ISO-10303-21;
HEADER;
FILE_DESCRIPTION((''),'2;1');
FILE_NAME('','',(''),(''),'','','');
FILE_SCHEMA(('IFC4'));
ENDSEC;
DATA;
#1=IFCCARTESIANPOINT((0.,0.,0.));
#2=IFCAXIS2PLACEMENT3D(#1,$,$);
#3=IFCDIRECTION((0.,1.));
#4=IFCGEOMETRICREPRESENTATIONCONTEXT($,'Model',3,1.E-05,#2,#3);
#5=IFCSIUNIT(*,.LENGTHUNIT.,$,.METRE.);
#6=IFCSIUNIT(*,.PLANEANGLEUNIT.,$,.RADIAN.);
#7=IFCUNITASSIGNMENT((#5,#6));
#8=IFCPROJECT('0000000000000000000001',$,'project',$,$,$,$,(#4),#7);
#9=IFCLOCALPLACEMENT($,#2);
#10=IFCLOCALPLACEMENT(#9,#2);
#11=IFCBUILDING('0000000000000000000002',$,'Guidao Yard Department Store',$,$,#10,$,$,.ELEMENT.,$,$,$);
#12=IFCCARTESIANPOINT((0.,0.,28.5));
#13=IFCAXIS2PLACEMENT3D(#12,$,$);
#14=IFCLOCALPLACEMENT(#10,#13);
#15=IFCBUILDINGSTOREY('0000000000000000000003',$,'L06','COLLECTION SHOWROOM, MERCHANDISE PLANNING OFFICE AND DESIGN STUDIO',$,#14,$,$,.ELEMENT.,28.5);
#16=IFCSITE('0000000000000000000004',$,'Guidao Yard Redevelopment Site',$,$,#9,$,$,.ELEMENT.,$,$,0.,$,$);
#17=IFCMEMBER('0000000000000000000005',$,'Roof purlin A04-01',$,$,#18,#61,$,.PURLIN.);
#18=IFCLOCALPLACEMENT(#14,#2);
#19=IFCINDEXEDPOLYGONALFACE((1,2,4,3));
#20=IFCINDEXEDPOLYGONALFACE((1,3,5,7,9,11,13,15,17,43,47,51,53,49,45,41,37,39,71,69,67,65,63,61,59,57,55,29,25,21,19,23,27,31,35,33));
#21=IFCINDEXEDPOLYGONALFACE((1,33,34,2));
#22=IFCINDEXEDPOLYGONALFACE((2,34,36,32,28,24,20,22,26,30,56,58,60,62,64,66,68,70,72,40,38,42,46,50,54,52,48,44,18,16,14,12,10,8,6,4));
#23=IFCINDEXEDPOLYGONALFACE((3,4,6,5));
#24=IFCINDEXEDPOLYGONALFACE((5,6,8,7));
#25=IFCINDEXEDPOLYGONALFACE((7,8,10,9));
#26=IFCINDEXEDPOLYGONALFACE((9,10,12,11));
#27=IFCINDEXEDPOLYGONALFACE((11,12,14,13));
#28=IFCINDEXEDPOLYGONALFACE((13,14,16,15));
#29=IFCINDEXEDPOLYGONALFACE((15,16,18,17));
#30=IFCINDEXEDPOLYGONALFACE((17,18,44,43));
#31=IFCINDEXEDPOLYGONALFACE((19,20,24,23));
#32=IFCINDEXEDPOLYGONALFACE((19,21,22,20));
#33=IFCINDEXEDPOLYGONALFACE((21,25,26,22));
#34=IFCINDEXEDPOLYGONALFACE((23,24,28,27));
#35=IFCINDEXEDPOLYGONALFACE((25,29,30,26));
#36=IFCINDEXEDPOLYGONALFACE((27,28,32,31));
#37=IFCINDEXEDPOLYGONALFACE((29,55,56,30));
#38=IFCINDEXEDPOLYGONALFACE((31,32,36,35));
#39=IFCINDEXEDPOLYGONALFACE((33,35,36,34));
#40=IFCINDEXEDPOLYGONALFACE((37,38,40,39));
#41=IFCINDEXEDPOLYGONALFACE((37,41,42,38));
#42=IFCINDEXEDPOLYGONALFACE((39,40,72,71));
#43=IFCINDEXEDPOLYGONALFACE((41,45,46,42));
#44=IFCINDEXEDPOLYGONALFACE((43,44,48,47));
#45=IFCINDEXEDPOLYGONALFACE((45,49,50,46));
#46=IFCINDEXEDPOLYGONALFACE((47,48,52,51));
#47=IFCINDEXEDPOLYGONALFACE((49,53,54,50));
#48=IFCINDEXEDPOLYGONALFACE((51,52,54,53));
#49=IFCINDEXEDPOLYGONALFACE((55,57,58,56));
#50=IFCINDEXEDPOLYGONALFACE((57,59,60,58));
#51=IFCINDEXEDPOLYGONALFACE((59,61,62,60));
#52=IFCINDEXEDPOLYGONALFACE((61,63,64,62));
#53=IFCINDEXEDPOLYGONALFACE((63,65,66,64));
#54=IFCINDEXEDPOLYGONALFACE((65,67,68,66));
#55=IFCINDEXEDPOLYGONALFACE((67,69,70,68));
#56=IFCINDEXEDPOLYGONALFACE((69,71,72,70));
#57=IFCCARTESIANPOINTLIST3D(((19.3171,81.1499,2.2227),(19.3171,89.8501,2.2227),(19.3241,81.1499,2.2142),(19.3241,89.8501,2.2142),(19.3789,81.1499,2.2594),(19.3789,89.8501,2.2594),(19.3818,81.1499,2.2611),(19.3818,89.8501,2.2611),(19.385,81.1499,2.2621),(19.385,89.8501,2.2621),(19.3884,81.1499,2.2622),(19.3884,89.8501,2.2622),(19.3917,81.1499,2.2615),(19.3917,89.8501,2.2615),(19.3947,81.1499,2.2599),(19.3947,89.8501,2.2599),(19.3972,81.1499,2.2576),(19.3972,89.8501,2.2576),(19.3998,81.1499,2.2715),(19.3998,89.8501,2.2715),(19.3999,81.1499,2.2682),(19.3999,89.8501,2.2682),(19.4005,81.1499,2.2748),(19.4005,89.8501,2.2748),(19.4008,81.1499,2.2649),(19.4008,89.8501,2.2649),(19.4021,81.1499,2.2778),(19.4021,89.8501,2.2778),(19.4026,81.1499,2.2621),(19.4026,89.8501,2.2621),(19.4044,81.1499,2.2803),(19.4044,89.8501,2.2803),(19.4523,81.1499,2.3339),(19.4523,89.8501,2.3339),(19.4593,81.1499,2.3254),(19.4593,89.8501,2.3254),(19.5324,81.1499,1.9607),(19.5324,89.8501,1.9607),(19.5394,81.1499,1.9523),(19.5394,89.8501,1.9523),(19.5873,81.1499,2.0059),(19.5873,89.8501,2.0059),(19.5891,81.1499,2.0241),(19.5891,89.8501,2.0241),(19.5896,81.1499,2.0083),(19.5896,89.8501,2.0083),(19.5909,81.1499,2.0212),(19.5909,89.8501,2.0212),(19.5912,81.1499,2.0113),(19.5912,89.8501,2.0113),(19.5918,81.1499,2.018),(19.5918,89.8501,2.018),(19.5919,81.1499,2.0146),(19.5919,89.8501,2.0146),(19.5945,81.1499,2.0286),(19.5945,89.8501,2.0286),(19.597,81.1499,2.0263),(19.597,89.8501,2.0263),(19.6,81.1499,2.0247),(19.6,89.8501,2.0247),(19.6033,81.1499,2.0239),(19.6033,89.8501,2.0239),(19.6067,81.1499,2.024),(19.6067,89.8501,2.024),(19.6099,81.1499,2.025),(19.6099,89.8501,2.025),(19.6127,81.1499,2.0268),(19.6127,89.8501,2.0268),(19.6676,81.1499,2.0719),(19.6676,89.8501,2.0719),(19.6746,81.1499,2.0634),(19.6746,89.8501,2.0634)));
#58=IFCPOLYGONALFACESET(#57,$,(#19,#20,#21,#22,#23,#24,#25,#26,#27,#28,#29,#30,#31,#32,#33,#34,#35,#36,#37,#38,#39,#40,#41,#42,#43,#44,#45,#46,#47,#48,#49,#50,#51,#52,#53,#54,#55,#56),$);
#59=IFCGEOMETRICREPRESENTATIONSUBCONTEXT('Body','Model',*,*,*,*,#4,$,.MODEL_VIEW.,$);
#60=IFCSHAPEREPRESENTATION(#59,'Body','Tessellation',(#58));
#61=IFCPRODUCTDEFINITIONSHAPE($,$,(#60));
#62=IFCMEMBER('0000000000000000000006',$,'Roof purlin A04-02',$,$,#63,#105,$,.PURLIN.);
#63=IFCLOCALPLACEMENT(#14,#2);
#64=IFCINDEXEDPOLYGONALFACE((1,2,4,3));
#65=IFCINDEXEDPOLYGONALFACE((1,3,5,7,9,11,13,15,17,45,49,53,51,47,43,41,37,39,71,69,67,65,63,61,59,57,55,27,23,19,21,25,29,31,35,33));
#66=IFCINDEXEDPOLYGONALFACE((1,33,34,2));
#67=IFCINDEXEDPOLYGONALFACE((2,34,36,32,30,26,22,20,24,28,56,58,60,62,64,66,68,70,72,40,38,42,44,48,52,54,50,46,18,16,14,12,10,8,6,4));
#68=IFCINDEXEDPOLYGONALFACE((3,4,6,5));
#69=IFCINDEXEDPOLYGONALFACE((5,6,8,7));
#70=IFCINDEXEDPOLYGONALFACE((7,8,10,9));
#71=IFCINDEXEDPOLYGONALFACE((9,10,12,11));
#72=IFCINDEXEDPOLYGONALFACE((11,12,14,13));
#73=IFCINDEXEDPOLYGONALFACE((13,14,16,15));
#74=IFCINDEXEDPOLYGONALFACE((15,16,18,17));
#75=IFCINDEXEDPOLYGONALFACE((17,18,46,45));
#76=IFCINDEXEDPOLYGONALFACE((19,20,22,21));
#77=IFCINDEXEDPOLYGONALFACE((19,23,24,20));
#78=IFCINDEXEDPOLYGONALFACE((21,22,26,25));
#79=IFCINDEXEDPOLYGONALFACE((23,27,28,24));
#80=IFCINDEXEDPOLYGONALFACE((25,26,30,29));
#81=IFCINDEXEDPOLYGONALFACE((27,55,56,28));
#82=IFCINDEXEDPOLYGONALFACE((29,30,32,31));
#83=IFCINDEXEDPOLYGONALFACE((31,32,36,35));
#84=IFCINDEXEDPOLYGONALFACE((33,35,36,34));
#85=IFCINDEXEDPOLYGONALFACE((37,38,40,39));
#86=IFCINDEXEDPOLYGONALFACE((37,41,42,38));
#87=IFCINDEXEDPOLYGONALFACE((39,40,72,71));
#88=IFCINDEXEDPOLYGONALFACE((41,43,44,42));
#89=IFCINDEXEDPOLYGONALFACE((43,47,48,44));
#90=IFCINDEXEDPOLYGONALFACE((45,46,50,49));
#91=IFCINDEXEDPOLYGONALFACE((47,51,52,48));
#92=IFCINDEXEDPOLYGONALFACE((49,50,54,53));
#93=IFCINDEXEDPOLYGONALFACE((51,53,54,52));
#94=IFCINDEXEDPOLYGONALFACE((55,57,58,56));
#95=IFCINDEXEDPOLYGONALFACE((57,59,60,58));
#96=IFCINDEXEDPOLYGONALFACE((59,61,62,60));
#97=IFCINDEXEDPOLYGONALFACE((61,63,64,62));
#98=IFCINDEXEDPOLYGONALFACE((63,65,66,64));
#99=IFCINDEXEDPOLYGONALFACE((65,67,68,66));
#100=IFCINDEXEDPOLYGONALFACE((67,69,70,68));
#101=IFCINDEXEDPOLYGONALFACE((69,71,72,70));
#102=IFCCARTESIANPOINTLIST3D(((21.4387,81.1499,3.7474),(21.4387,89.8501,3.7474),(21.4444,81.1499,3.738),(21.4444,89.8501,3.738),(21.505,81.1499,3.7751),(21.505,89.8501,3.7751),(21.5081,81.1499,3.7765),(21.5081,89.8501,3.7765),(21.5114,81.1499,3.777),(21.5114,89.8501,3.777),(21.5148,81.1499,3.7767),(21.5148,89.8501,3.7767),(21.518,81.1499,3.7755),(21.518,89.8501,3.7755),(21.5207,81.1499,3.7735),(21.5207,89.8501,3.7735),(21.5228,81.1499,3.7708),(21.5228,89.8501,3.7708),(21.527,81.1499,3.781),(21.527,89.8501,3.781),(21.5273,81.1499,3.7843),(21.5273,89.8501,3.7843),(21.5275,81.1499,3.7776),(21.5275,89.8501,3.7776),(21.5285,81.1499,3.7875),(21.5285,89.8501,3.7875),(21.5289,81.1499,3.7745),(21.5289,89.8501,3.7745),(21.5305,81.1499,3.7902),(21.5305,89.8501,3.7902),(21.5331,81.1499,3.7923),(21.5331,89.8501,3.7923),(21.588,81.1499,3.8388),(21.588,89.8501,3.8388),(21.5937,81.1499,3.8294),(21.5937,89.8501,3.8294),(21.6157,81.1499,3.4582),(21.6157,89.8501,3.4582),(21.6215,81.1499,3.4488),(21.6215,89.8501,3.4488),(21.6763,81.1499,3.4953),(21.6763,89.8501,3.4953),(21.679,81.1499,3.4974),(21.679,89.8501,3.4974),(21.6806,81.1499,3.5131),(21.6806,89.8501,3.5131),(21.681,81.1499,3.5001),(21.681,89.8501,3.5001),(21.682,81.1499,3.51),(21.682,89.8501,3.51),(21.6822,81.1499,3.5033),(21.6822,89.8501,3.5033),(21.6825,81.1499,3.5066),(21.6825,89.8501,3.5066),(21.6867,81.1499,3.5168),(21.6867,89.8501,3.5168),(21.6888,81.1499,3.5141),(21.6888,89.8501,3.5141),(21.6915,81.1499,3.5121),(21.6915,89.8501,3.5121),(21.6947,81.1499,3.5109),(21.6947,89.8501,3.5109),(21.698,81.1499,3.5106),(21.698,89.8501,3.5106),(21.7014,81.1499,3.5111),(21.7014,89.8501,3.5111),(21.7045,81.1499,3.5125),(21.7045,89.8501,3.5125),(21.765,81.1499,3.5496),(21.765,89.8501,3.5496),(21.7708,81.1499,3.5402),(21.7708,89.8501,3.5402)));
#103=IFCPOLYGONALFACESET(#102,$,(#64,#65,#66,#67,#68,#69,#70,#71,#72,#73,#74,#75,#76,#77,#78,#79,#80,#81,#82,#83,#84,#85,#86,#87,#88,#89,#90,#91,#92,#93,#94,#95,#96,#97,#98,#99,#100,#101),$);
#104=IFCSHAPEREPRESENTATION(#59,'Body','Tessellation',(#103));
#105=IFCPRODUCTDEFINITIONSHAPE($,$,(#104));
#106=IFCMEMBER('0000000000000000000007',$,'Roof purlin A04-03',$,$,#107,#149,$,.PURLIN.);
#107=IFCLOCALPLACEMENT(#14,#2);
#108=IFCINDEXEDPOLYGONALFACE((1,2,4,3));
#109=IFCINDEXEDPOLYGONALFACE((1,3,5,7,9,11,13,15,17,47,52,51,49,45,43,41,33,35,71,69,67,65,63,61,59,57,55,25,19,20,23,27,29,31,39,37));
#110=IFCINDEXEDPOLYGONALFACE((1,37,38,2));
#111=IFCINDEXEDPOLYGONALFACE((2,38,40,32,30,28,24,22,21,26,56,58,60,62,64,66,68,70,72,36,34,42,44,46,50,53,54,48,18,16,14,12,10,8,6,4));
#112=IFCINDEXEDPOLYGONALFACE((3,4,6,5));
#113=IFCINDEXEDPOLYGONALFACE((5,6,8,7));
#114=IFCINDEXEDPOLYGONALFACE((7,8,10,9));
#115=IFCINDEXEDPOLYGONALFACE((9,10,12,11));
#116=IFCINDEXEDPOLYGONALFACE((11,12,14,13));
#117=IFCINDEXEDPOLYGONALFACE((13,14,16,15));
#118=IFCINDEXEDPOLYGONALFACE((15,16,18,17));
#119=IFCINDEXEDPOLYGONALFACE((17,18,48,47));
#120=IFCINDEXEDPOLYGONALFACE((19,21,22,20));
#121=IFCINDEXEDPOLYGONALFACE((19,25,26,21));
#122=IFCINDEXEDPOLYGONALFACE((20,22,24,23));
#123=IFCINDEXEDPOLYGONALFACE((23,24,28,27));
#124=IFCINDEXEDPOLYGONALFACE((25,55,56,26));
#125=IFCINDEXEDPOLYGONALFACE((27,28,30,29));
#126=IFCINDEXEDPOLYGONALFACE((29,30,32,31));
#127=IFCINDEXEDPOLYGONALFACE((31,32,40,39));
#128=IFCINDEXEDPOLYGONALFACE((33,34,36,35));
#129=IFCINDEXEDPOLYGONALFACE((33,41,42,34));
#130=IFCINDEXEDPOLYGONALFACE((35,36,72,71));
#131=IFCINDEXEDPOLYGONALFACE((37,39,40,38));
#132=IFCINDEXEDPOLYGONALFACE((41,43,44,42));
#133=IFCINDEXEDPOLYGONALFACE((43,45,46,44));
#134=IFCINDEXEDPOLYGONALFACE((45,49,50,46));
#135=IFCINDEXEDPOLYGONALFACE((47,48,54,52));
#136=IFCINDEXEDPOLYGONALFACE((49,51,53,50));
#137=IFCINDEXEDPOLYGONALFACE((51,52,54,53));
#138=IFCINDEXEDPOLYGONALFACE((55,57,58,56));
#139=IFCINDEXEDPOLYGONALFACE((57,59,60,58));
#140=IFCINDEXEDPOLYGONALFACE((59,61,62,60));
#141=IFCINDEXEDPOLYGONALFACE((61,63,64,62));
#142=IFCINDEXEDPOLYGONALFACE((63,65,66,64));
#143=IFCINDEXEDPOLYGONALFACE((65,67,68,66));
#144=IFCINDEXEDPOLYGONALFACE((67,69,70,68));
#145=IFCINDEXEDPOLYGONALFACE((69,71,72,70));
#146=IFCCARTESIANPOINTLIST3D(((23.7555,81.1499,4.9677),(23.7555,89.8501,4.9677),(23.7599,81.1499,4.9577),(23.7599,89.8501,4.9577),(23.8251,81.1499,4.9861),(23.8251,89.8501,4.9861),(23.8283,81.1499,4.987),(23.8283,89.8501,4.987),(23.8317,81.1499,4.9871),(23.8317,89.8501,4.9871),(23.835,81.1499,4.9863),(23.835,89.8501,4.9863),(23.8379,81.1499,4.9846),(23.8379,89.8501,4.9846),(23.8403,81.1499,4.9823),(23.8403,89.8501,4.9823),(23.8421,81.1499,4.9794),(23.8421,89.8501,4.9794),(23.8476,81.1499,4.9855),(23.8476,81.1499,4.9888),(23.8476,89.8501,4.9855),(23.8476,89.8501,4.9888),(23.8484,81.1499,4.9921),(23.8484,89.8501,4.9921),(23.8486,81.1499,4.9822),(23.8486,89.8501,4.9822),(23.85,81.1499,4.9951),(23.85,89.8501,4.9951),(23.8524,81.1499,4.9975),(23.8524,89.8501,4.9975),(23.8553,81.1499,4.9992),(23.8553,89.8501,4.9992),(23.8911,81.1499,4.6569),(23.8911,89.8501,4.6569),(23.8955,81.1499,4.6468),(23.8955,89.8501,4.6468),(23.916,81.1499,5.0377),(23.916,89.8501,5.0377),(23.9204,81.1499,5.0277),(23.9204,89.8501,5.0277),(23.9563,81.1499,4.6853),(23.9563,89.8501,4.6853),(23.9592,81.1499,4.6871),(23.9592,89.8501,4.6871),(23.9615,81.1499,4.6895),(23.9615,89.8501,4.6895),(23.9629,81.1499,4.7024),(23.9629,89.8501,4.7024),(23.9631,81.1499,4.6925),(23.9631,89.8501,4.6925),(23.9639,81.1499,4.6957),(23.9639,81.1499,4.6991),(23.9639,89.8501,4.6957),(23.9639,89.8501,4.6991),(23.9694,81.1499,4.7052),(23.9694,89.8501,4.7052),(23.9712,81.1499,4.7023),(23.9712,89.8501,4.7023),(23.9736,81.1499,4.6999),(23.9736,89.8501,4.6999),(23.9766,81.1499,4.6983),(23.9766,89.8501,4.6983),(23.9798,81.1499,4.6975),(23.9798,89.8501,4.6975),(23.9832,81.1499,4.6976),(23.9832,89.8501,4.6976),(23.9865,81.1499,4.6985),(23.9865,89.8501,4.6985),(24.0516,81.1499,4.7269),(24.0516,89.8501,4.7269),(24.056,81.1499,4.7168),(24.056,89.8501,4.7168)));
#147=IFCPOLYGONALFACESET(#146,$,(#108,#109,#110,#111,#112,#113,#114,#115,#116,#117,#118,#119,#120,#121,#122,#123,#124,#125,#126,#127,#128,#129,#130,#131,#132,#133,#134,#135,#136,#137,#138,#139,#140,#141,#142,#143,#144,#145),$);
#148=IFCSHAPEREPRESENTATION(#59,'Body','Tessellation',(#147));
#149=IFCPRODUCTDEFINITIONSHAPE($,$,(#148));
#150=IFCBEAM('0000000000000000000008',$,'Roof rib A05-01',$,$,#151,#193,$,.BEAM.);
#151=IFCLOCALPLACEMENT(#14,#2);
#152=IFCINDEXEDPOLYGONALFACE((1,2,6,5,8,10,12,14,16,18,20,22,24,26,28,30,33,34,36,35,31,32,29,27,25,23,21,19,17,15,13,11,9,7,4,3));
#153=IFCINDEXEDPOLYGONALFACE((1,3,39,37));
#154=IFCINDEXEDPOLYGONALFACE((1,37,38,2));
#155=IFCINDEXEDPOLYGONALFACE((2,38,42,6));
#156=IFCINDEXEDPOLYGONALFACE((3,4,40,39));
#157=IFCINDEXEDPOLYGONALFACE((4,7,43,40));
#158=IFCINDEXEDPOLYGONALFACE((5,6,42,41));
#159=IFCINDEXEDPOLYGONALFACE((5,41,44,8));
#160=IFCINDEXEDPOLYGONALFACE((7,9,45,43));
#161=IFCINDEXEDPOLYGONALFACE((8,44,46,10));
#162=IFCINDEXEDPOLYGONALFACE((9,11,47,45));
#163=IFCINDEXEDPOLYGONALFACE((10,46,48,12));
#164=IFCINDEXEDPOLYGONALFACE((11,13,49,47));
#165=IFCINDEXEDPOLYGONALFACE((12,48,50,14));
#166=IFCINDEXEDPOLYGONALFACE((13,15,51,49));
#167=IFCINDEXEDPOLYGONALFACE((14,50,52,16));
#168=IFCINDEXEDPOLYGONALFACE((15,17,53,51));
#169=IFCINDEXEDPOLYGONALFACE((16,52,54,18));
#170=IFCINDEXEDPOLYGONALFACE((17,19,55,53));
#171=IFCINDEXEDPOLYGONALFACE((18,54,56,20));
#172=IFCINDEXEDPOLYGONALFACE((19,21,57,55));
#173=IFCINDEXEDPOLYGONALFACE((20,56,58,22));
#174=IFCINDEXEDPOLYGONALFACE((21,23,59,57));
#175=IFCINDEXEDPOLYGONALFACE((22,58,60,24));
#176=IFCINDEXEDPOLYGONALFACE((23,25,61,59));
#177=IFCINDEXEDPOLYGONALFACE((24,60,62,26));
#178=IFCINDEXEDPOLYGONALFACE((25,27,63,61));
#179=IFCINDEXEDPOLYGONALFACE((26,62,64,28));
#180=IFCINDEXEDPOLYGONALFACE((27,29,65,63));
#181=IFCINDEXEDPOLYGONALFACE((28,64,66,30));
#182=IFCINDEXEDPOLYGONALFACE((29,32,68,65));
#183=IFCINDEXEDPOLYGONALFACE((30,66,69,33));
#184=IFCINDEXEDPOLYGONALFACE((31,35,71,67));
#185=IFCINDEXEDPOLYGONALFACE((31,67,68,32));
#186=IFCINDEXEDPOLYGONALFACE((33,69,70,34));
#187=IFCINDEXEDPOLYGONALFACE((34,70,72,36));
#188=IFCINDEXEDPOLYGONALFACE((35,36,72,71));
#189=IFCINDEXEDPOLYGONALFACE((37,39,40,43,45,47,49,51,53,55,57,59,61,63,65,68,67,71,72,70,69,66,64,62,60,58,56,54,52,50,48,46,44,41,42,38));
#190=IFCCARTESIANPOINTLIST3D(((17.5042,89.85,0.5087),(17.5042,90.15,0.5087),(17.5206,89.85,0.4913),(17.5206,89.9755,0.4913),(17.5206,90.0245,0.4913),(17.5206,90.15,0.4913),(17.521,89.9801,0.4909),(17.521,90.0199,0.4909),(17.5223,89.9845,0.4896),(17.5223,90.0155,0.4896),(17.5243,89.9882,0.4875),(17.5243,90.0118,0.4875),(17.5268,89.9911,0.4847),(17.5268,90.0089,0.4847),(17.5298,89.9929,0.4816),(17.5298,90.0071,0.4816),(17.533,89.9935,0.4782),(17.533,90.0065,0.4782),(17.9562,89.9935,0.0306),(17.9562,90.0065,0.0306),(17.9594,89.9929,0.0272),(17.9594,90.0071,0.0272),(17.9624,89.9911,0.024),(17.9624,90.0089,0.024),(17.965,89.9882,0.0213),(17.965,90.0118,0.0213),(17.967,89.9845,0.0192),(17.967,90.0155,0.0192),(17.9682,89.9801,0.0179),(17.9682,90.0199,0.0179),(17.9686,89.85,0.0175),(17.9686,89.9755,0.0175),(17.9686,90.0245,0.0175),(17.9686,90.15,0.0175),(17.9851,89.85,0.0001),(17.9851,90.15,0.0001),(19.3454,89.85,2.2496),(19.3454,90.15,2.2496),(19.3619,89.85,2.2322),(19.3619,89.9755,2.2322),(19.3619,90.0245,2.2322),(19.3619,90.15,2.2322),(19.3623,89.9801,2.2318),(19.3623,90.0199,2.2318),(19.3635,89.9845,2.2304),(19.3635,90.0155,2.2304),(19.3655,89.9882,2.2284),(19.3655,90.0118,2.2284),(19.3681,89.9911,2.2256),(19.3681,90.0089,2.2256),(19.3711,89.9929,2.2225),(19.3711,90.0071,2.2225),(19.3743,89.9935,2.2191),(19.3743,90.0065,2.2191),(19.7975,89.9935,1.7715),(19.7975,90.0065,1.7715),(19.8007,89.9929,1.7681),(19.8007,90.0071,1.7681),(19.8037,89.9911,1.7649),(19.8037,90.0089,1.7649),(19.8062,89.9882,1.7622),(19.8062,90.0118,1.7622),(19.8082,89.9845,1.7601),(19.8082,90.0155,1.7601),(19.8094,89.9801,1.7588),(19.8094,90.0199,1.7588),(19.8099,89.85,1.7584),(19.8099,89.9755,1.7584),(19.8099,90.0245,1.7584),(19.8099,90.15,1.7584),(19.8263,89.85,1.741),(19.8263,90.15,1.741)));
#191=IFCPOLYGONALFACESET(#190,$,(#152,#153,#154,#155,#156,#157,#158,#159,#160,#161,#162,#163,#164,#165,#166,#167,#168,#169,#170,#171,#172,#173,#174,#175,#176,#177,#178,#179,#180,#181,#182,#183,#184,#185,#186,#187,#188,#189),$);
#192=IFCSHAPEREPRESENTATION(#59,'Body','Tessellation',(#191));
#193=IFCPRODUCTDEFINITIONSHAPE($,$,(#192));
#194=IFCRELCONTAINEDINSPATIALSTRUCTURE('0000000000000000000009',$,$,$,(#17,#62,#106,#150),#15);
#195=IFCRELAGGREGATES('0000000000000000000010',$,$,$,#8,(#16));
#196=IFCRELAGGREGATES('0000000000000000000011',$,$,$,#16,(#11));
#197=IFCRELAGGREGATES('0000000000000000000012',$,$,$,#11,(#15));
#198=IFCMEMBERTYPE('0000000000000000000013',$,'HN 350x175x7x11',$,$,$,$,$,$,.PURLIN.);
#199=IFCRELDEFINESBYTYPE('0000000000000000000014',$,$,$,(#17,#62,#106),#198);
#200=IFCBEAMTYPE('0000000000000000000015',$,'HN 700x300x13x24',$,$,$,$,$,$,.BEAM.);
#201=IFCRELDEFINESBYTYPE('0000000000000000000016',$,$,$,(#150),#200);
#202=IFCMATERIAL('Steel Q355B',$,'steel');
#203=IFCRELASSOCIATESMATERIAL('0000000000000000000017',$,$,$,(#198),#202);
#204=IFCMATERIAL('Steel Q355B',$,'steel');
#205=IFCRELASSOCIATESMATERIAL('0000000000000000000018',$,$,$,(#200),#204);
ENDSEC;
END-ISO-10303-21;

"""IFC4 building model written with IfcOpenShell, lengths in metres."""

from ifc_helpers import new_model, si_unit, direction, frame, origin, origin_2d, place, context, subcontext, project, spatial, i_section, extrude, material, material_profile, profile_set, type_object, element, save


model = new_model("IFC4")

# Units and contexts
model_context = context("Model", 3, precision=1e-05, world=origin(), true_north=direction((0.0, 1.0)))
body_context = subcontext(model_context, "Body", "Model", "MODEL_VIEW")
ifc_project = project(units=[si_unit("LENGTHUNIT", "METRE"), si_unit("PLANEANGLEUNIT", "RADIAN")], contexts=[model_context])

# Site, building, storey
site_placement = place(None, origin())
site = spatial("IfcSite", under=ifc_project, at=site_placement, Name="Guidao Yard Redevelopment Site", CompositionType="ELEMENT", RefElevation=0.0)
building_placement = place(site_placement, origin())
building = spatial("IfcBuilding", under=site, at=building_placement, Name="Guidao Yard Department Store", CompositionType="ELEMENT")
storey_placement = place(building_placement, frame((0.0, 0.0, 28.5)))
storey = spatial("IfcBuildingStorey", under=building, at=storey_placement, Name="L06", Description="COLLECTION SHOWROOM, MERCHANDISE PLANNING OFFICE AND DESIGN STUDIO", CompositionType="ELEMENT", Elevation=28.5)

# Members
ifc_material_1 = material(Name="Steel Q355B", Category="steel")
ifc_material_profile_1 = material_profile(ifc_material_1, i_section(OverallWidth=0.175, OverallDepth=0.3501, WebThickness=0.0071, FlangeThickness=0.011, FilletRadius=0.0129, at=origin_2d()), Name="HN 350x175x7x11")
ifc_profile_set_1 = profile_set([ifc_material_profile_1], Name="Steel Q355B")
member_type_1 = type_object("IfcMemberType", Name="HN 350x175x7x11", PredefinedType="PURLIN", material=ifc_profile_set_1)
for number, where, z_axis, x_axis, name in (
    (1, (19.4958, 81.1499, 2.1431), (0.0, 1.0, 0.0), (-0.77257, 0.0, -0.63493), "Roof purlin A04-01"),
    (2, (21.6047, 81.1499, 3.6438), (0.0, 1.0, 0.0), (-0.852874, 0.0, -0.522116), "Roof purlin A04-02"),
    (3, (23.9058, 81.1499, 4.8423), (0.0, 1.0, 0.0), (-0.916571, 0.0, -0.399871), "Roof purlin A04-03"),
):
    element("IfcMember", number, at=place(storey_placement, frame(where, z_axis=z_axis, x_axis=x_axis)), inside=storey, type_object=member_type_1, Name=name, PredefinedType="PURLIN", context=body_context, shape_type="SweptSolid", body=[
        extrude(i_section(OverallWidth=0.175, OverallDepth=0.3501, WebThickness=0.0071, FlangeThickness=0.011, FilletRadius=0.0129, at=origin_2d()), origin(), (0.0, 0.0, 1.0), 8.7002),
    ])

# Beam
ifc_material_2 = material(Name="Steel Q355B", Category="steel")
ifc_material_profile_2 = material_profile(ifc_material_2, i_section(OverallWidth=0.3, OverallDepth=0.7, WebThickness=0.0129, FlangeThickness=0.0239, FilletRadius=0.0181, at=origin_2d()), Name="HN 700x300x13x24")
ifc_profile_set_2 = profile_set([ifc_material_profile_2], Name="Steel Q355B")
beam_type_1 = type_object("IfcBeamType", Name="HN 700x300x13x24", PredefinedType="BEAM", material=ifc_profile_set_2)
beam_1_placement = place(storey_placement, frame((17.7446, 90.0, 0.2544), z_axis=(0.726628, 0.0, 0.687031), x_axis=(0.0, 1.0, 0.0)))
element("IfcBeam", 4, at=beam_1_placement, inside=storey, type_object=beam_type_1, Name="Roof rib A05-01", PredefinedType="BEAM", context=body_context, shape_type="SweptSolid", body=[
    extrude(i_section(OverallWidth=0.3, OverallDepth=0.7, WebThickness=0.0129, FlangeThickness=0.0239, FilletRadius=0.0181, at=origin_2d()), origin(), (0.0, 0.0, 1.0), 2.5339),
])

save(model, "model.ifc")
